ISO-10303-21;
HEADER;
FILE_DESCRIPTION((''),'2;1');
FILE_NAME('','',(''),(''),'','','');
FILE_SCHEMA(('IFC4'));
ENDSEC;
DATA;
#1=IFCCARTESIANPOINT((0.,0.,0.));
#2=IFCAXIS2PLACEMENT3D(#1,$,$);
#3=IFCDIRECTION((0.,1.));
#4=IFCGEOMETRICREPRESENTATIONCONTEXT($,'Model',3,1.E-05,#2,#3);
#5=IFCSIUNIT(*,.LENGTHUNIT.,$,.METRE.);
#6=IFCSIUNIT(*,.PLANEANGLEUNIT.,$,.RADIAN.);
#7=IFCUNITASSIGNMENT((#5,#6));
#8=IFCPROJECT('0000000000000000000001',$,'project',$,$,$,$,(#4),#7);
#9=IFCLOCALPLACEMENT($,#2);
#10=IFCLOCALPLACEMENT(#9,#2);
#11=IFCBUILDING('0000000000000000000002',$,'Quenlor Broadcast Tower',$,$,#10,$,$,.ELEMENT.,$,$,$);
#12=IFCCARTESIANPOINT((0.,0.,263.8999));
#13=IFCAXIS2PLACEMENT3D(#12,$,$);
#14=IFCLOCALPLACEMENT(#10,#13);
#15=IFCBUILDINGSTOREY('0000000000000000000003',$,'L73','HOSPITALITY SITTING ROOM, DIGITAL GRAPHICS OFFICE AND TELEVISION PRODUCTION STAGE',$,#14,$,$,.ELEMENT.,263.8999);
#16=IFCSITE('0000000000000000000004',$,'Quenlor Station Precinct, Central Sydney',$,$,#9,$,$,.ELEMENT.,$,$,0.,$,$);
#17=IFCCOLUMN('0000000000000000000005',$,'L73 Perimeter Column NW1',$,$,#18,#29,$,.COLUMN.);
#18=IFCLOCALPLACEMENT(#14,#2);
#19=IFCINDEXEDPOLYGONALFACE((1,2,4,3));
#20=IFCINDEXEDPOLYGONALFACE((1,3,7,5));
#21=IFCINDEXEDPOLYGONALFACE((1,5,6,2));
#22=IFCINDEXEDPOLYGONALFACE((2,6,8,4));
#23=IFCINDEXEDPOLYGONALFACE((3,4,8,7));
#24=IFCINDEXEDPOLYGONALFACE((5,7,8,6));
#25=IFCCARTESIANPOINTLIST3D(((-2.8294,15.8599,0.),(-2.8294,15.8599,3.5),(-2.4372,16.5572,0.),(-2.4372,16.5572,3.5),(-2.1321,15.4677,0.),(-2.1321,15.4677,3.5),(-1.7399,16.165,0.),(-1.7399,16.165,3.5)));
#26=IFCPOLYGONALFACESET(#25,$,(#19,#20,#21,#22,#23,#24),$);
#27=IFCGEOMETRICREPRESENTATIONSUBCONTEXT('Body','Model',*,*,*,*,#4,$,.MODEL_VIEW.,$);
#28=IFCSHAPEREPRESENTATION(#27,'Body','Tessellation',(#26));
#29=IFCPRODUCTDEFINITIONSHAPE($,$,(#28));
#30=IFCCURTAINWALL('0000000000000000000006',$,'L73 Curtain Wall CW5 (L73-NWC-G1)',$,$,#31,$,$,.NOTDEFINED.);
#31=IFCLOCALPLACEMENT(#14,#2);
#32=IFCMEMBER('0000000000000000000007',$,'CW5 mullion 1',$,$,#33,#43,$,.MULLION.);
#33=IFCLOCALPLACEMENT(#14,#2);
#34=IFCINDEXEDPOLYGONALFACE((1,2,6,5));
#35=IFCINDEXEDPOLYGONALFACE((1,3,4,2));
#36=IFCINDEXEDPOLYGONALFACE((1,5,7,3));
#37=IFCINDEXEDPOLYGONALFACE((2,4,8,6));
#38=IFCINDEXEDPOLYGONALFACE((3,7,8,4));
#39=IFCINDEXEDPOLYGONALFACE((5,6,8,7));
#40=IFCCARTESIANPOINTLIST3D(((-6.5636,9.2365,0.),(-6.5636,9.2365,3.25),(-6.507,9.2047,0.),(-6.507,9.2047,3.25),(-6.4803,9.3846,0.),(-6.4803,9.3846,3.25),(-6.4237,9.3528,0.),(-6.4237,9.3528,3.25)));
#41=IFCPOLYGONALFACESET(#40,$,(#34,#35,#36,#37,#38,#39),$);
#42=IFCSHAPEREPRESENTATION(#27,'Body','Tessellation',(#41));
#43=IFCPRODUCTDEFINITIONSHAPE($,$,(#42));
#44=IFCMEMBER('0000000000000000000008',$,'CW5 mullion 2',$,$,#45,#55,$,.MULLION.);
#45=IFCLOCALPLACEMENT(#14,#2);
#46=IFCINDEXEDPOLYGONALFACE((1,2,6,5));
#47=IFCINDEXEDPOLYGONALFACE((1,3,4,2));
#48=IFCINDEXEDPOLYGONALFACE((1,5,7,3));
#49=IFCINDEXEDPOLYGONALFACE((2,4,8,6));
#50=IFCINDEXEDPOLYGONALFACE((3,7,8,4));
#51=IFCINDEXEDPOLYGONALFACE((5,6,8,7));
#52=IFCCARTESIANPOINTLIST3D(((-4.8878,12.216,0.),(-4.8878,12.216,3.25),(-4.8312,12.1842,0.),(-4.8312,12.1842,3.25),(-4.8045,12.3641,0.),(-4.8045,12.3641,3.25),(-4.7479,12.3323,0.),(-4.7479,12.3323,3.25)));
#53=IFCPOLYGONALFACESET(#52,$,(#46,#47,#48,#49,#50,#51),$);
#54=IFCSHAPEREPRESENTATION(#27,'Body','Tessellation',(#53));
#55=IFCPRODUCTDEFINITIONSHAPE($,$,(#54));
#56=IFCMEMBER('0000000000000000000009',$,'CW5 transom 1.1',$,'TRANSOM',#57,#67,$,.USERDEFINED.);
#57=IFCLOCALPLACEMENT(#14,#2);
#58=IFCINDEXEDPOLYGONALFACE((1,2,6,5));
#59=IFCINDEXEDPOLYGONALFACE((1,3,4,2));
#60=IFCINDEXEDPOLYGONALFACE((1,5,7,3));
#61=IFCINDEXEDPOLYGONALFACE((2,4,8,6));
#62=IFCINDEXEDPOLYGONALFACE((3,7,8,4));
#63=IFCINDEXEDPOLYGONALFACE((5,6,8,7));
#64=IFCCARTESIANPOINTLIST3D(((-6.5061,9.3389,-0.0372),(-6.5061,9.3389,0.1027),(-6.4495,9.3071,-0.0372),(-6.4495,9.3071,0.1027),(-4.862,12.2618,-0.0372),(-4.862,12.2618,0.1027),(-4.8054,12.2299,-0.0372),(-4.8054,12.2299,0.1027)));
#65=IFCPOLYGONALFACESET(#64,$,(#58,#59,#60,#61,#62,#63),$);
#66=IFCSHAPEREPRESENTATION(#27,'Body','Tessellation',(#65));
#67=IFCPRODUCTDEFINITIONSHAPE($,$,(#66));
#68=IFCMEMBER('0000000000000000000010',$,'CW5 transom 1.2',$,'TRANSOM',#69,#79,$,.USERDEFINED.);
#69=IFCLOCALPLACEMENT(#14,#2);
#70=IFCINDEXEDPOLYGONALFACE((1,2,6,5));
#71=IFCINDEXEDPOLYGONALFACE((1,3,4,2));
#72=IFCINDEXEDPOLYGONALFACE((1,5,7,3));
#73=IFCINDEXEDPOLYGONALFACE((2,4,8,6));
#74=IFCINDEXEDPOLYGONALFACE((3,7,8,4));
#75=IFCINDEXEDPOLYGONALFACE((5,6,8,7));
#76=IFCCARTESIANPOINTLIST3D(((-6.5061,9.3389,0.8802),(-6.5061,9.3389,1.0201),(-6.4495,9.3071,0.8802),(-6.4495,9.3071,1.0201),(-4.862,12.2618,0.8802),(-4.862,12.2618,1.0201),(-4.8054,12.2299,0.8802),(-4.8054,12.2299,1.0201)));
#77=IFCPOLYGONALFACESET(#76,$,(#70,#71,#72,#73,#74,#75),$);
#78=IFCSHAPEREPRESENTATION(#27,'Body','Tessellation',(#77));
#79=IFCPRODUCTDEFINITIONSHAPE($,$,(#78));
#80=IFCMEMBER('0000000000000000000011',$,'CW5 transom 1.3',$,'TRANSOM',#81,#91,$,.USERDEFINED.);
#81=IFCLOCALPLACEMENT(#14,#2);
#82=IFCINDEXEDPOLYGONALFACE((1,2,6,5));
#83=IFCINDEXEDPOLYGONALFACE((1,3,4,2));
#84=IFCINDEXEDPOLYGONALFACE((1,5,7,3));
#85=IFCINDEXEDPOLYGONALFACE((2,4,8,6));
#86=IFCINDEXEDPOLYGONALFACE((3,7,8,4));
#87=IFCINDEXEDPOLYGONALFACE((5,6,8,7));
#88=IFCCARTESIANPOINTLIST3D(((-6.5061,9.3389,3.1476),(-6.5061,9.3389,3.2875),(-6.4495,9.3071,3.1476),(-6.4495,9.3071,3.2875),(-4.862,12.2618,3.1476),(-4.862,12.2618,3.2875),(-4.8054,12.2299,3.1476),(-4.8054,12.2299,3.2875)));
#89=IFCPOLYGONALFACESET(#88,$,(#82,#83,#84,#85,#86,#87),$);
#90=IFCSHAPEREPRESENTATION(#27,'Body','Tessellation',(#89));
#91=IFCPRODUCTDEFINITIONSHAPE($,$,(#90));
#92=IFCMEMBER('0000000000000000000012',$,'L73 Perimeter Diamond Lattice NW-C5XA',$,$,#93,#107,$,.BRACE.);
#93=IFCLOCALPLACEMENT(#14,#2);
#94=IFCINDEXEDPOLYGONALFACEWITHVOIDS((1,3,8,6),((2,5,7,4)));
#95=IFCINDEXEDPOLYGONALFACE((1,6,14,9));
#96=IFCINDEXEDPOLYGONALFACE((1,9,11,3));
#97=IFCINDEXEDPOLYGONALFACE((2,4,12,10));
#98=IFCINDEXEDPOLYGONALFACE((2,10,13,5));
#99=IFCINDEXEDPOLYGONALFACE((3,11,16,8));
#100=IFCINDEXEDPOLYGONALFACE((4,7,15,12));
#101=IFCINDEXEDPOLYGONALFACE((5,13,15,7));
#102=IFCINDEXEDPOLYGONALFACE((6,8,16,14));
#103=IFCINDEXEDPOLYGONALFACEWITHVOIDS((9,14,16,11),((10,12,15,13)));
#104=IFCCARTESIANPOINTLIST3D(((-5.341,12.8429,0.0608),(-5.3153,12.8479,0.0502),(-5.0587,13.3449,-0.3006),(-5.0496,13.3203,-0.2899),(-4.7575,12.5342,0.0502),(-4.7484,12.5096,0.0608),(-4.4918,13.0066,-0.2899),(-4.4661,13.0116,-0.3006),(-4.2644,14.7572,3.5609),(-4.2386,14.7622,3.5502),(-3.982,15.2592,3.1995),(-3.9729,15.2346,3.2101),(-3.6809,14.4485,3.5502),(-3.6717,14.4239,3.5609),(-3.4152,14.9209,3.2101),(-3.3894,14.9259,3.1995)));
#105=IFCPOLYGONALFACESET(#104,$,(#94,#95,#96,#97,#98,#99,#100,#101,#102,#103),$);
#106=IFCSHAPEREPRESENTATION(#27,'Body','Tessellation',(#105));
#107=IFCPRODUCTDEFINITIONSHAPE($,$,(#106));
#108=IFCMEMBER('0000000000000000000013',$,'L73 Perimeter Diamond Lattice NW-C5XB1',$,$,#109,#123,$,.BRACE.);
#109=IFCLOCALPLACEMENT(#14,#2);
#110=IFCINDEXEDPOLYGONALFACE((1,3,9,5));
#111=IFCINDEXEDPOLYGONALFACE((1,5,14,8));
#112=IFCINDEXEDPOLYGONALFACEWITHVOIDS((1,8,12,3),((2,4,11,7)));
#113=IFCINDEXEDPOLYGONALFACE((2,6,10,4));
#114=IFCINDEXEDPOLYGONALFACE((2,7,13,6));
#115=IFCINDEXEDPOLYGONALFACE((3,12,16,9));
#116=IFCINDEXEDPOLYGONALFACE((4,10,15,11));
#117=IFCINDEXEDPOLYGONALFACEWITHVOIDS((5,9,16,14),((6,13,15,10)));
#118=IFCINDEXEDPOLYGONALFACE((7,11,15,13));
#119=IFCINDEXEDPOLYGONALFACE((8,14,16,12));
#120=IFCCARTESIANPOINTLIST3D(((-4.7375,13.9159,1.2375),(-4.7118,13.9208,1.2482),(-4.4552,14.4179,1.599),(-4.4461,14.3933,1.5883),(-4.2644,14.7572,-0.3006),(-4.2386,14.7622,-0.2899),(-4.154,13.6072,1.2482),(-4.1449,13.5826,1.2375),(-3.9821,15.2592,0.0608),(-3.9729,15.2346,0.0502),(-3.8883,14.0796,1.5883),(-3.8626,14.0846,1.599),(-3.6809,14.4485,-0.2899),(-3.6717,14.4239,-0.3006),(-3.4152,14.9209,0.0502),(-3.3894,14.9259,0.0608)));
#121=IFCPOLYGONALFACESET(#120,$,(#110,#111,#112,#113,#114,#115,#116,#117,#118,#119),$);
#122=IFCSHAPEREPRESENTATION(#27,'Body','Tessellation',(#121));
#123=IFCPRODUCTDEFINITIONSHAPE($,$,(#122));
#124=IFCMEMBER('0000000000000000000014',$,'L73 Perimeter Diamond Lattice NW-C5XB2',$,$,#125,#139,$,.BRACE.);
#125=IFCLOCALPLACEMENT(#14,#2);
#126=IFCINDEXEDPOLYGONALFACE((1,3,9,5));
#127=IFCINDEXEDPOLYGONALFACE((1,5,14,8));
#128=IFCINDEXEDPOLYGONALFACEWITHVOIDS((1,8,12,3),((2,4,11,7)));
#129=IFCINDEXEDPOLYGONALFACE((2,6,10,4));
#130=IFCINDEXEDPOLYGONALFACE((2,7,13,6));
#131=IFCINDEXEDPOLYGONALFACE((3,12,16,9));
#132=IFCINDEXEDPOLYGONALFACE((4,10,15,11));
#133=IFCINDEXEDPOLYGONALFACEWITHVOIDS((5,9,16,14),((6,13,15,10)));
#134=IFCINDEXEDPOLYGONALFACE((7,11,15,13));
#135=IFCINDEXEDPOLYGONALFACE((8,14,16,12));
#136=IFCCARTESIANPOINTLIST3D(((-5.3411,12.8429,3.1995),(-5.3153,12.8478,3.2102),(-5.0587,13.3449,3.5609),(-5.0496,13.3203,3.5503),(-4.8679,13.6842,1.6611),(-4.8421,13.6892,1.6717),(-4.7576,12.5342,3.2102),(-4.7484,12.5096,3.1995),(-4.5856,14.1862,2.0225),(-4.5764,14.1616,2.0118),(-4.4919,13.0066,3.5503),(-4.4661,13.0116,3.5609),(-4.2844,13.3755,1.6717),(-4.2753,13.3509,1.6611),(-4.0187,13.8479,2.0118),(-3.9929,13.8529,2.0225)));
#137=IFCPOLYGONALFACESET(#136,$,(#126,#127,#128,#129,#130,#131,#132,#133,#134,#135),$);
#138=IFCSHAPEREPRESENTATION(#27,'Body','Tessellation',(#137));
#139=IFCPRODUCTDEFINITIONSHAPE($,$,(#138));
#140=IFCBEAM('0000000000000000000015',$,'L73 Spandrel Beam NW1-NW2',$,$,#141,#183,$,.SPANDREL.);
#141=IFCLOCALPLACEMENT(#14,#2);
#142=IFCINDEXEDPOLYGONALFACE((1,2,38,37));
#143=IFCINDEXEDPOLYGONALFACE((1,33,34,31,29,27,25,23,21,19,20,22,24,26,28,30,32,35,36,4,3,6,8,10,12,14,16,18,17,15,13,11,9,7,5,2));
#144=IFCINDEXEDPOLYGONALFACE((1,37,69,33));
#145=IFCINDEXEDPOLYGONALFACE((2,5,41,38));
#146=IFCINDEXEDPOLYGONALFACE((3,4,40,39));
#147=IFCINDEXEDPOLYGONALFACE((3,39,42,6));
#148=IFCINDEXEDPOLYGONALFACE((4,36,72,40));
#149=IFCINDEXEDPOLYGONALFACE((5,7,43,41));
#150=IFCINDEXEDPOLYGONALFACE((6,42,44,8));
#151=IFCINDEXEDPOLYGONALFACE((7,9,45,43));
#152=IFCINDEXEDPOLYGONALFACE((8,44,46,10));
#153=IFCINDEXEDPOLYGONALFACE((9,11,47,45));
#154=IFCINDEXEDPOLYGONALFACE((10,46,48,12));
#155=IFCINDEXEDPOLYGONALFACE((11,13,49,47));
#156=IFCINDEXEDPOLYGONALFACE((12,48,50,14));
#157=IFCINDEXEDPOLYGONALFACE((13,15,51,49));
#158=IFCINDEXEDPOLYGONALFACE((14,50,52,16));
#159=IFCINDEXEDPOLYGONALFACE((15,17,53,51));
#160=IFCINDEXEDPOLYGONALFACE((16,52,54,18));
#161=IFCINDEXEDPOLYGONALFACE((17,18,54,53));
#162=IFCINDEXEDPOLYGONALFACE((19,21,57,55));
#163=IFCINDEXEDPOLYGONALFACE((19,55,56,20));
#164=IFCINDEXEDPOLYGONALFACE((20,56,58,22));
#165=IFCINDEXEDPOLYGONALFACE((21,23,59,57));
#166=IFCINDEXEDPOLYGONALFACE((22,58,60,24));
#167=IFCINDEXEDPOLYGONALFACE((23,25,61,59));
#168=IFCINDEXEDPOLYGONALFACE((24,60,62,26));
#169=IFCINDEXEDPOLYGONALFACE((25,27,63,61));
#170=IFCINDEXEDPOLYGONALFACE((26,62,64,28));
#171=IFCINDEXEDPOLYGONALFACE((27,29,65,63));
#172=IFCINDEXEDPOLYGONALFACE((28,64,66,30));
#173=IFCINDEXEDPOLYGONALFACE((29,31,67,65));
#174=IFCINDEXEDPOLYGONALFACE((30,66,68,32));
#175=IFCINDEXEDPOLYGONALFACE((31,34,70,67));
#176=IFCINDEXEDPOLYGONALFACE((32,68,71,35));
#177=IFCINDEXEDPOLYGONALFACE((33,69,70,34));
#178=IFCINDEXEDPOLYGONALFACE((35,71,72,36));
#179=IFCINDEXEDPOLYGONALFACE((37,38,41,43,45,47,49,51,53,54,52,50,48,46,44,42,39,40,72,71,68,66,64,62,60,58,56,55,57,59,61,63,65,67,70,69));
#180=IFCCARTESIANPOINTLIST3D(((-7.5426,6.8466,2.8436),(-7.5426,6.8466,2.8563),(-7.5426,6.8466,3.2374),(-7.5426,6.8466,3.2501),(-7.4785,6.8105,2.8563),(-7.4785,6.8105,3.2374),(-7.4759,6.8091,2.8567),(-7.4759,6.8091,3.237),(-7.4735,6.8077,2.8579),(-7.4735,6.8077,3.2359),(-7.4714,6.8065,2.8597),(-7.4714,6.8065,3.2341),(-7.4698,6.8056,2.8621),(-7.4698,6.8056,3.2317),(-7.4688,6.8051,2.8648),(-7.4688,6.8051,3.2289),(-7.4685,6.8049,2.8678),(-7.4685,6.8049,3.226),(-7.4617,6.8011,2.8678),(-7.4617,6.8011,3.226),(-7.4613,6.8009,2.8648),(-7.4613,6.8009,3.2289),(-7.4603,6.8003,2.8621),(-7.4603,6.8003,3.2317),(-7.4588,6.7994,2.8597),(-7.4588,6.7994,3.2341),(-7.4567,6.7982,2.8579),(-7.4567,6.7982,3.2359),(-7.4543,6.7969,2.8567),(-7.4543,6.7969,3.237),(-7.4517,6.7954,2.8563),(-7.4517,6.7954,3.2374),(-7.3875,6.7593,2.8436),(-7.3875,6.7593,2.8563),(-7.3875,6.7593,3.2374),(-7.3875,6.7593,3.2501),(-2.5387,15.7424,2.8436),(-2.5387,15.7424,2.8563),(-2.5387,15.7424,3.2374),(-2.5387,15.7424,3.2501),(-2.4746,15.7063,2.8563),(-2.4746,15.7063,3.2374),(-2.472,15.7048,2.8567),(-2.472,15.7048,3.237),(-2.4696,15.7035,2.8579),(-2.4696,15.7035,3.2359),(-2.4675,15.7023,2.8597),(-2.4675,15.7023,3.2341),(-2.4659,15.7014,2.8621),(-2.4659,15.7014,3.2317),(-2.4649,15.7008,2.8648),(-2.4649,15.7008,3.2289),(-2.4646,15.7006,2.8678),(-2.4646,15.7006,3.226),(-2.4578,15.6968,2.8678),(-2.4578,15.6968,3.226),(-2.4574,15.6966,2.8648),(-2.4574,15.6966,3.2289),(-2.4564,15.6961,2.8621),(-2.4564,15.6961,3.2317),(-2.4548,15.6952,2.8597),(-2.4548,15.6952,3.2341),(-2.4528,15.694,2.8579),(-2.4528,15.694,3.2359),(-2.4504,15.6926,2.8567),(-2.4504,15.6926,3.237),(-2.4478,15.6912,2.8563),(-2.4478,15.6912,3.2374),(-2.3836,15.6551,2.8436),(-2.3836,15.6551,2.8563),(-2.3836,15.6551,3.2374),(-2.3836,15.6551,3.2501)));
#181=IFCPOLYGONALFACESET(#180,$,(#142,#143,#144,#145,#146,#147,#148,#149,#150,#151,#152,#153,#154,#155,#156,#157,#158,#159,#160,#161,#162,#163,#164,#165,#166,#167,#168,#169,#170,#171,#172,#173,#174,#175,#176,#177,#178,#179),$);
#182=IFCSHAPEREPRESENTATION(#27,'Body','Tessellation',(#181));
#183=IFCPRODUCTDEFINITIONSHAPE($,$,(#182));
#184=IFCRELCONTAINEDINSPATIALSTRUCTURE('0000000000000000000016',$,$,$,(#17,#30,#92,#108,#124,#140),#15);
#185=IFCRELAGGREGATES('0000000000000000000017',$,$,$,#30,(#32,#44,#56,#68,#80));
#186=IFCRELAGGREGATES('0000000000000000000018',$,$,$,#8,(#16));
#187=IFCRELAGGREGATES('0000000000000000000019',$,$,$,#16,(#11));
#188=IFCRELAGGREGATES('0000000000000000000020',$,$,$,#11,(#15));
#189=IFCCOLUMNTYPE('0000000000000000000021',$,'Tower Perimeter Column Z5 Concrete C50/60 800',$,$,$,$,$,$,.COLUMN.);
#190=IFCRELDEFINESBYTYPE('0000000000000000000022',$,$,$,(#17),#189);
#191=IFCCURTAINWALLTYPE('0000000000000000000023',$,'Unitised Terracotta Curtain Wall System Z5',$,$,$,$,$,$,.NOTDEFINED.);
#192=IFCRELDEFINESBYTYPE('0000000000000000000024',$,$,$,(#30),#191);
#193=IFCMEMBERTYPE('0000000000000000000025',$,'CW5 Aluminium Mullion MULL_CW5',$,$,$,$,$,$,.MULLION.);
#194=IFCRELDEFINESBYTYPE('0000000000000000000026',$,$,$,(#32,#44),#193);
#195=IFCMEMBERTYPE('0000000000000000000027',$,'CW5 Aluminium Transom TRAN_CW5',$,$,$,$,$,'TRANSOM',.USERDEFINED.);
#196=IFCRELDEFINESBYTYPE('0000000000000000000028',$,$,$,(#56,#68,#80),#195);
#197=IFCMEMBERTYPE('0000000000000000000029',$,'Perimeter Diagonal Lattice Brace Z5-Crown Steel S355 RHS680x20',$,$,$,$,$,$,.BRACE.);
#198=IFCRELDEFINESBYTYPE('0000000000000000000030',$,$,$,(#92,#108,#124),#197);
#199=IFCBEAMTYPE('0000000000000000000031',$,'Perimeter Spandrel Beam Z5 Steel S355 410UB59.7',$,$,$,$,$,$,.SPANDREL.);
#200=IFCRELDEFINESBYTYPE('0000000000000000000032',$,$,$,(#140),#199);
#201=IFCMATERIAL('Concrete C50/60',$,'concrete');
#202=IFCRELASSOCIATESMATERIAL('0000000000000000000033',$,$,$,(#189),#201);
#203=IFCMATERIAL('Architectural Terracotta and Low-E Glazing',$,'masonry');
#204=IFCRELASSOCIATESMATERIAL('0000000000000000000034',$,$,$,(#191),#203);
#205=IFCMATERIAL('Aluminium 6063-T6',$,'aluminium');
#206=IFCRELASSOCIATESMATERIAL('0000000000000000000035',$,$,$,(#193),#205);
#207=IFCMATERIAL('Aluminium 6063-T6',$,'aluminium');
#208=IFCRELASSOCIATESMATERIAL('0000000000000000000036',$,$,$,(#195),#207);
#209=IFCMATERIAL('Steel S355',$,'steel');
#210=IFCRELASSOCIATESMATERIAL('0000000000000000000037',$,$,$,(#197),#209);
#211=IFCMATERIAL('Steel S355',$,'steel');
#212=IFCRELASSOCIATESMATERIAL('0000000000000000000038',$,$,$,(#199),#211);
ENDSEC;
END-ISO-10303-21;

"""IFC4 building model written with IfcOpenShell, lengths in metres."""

from ifc_helpers import new_model, si_unit, direction, frame, origin, origin_2d, place, context, subcontext, project, spatial, rectangle, hollow_rectangle, i_section, extrude, material, material_profile, profile_set, type_object, element, aggregate, save


model = new_model("IFC4")

# Units and contexts
model_context = context("Model", 3, precision=1e-05, world=origin(), true_north=direction((0.0, 1.0)))
body_context = subcontext(model_context, "Body", "Model", "MODEL_VIEW")
ifc_project = project(units=[si_unit("LENGTHUNIT", "METRE"), si_unit("PLANEANGLEUNIT", "RADIAN")], contexts=[model_context])

# Site, building, storey
site_placement = place(None, origin())
site = spatial("IfcSite", under=ifc_project, at=site_placement, Name="Quenlor Station Precinct, Central Sydney", CompositionType="ELEMENT", RefElevation=0.0)
building_placement = place(site_placement, origin())
building = spatial("IfcBuilding", under=site, at=building_placement, Name="Quenlor Broadcast Tower", CompositionType="ELEMENT")
storey_placement = place(building_placement, frame((0.0, 0.0, 263.8999)))
storey = spatial("IfcBuildingStorey", under=building, at=storey_placement, Name="L73", Description="HOSPITALITY SITTING ROOM, DIGITAL GRAPHICS OFFICE AND TELEVISION PRODUCTION STAGE", CompositionType="ELEMENT", Elevation=263.8999)

# Column
ifc_material_1 = material(Name="Concrete C50/60", Category="concrete")
ifc_material_profile_1 = material_profile(ifc_material_1, rectangle(XDim=0.8, YDim=0.8, at=origin_2d()))
ifc_profile_set_1 = profile_set([ifc_material_profile_1], Name="Concrete C50/60 RC800x800")
column_type = type_object("IfcColumnType", Name="Tower Perimeter Column Z5 Concrete C50/60 800", PredefinedType="COLUMN", material=ifc_profile_set_1)
column_placement = place(storey_placement, frame((-2.2847, 16.0125, 0.0), z_axis=(0.0, 0.0, 1.0), x_axis=(-0.871575, 0.490262, 0.0)))
element("IfcColumn", 1, at=column_placement, inside=storey, type_object=column_type, Name="L73 Perimeter Column NW1", PredefinedType="COLUMN", context=body_context, shape_type="SweptSolid", body=[
    extrude(rectangle(XDim=0.8, YDim=0.8, at=origin_2d()), origin(), (0.0, 0.0, 1.0), 3.5),
])

# Curtain wall, members
ifc_material_2 = material(Name="Architectural Terracotta and Low-E Glazing", Category="masonry")
curtain_wall_type = type_object("IfcCurtainWallType", Name="Unitised Terracotta Curtain Wall System Z5", PredefinedType="NOTDEFINED", material=ifc_material_2)
curtain_wall_placement = place(storey_placement, origin())
curtain_wall = element("IfcCurtainWall", 2, at=curtain_wall_placement, inside=storey, type_object=curtain_wall_type, Name="L73 Curtain Wall CW5 (L73-NWC-G1)", PredefinedType="NOTDEFINED")
ifc_material_3 = material(Name="Aluminium 6063-T6", Category="aluminium")
ifc_material_profile_2 = material_profile(ifc_material_3, rectangle(XDim=0.0649, YDim=0.1699, at=origin_2d()))
ifc_profile_set_2 = profile_set([ifc_material_profile_2], Name="Aluminium 6063-T6 MULL65x170")
member_type_1 = type_object("IfcMemberType", Name="CW5 Aluminium Mullion MULL_CW5", PredefinedType="MULLION", material=ifc_profile_set_2)
member_1_placement = place(storey_placement, frame((-6.4937, 9.2947, 0.0), z_axis=(0.0, 0.0, 1.0), x_axis=(-0.871582, 0.49025, 0.0)))
member_1 = element("IfcMember", 3, at=member_1_placement, type_object=member_type_1, Name="CW5 mullion 1", PredefinedType="MULLION", context=body_context, shape_type="SweptSolid", body=[
    extrude(rectangle(XDim=0.0649, YDim=0.1699, at=origin_2d()), origin(), (0.0, 0.0, 1.0), 3.25),
])
member_2_placement = place(storey_placement, frame((-4.8179, 12.2742, 0.0), z_axis=(0.0, 0.0, 1.0), x_axis=(-0.871582, 0.49025, 0.0)))
member_2 = element("IfcMember", 4, at=member_2_placement, type_object=member_type_1, Name="CW5 mullion 2", PredefinedType="MULLION", context=body_context, shape_type="SweptSolid", body=[
    extrude(rectangle(XDim=0.0649, YDim=0.1699, at=origin_2d()), origin(), (0.0, 0.0, 1.0), 3.25),
])
ifc_material_4 = material(Name="Aluminium 6063-T6", Category="aluminium")
ifc_material_profile_3 = material_profile(ifc_material_4, rectangle(XDim=0.0649, YDim=0.1399, at=origin_2d()))
ifc_profile_set_3 = profile_set([ifc_material_profile_3], Name="Aluminium 6063-T6 TRAN65x140")
member_type_2 = type_object("IfcMemberType", Name="CW5 Aluminium Transom TRAN_CW5", ElementType="TRANSOM", PredefinedType="USERDEFINED", material=ifc_profile_set_3)
member_3_placement = place(storey_placement, frame((-6.4778, 9.323, 0.0327), z_axis=(0.490247, 0.871583, 0.0), x_axis=(-0.871583, 0.490247, 0.0)))
member_3 = element("IfcMember", 5, at=member_3_placement, type_object=member_type_2, Name="CW5 transom 1.1", ObjectType="TRANSOM", PredefinedType="USERDEFINED", context=body_context, shape_type="SweptSolid", body=[
    extrude(rectangle(XDim=0.0649, YDim=0.1399, at=origin_2d()), origin(), (0.0, 0.0, 1.0), 3.3535),
])
member_4_placement = place(storey_placement, frame((-6.4778, 9.323, 0.9502), z_axis=(0.490247, 0.871583, 0.0), x_axis=(-0.871583, 0.490247, 0.0)))
member_4 = element("IfcMember", 6, at=member_4_placement, type_object=member_type_2, Name="CW5 transom 1.2", ObjectType="TRANSOM", PredefinedType="USERDEFINED", context=body_context, shape_type="SweptSolid", body=[
    extrude(rectangle(XDim=0.0649, YDim=0.1399, at=origin_2d()), origin(), (0.0, 0.0, 1.0), 3.3535),
])
member_5_placement = place(storey_placement, frame((-6.4778, 9.323, 3.2175), z_axis=(0.490247, 0.871583, 0.0), x_axis=(-0.871583, 0.490247, 0.0)))
member_5 = element("IfcMember", 7, at=member_5_placement, type_object=member_type_2, Name="CW5 transom 1.3", ObjectType="TRANSOM", PredefinedType="USERDEFINED", context=body_context, shape_type="SweptSolid", body=[
    extrude(rectangle(XDim=0.0649, YDim=0.1399, at=origin_2d()), origin(), (0.0, 0.0, 1.0), 3.3535),
])

# Members
ifc_material_5 = material(Name="Steel S355", Category="steel")
ifc_material_profile_4 = material_profile(ifc_material_5, hollow_rectangle(XDim=0.6799, YDim=0.6799, WallThickness=0.02, at=origin_2d()))
ifc_profile_set_4 = profile_set([ifc_material_profile_4], Name="Steel S355 RHS680x680x20")
member_type_3 = type_object("IfcMemberType", Name="Perimeter Diagonal Lattice Brace Z5-Crown Steel S355 RHS680x20", PredefinedType="BRACE", material=ifc_profile_set_4)
member_6_placement = place(storey_placement, frame((-4.9036, 12.9272, -0.1199), z_axis=(0.260564, 0.463283, 0.847039), x_axis=(-0.871602, 0.490214, 0.0)))
element("IfcMember", 8, at=member_6_placement, inside=storey, type_object=member_type_3, Name="L73 Perimeter Diamond Lattice NW-C5XA", PredefinedType="BRACE", context=body_context, shape_type="SweptSolid", body=[
    extrude(hollow_rectangle(XDim=0.6799, YDim=0.6799, WallThickness=0.02, at=origin_2d()), origin(), (0.0, 0.0, 1.0), 4.1321),
])
member_7_placement = place(storey_placement, frame((-3.8269, 14.8416, -0.1199), z_axis=(-0.260561, -0.463309, 0.847025), x_axis=(0.871616, -0.490189, 0.0)))
element("IfcMember", 9, at=member_7_placement, inside=storey, type_object=member_type_3, Name="L73 Perimeter Diamond Lattice NW-C5XB1", PredefinedType="BRACE", context=body_context, shape_type="SweptSolid", body=[
    extrude(hollow_rectangle(XDim=0.6799, YDim=0.6799, WallThickness=0.02, at=origin_2d()), origin(), (0.0, 0.0, 1.0), 1.8159),
])
member_8_placement = place(storey_placement, frame((-4.4304, 13.7686, 1.8418), z_axis=(-0.260532, -0.463257, 0.847063), x_axis=(0.871616, -0.490189, 0.0)))
element("IfcMember", 10, at=member_8_placement, inside=storey, type_object=member_type_3, Name="L73 Perimeter Diamond Lattice NW-C5XB2", PredefinedType="BRACE", context=body_context, shape_type="SweptSolid", body=[
    extrude(hollow_rectangle(XDim=0.6799, YDim=0.6799, WallThickness=0.02, at=origin_2d()), origin(), (0.0, 0.0, 1.0), 1.8162),
])

# Beam
ifc_material_6 = material(Name="Steel S355", Category="steel")
ifc_material_profile_5 = material_profile(ifc_material_6, i_section(OverallWidth=0.178, OverallDepth=0.4065, WebThickness=0.0078, FlangeThickness=0.0127, FilletRadius=0.0115, at=origin_2d()))
ifc_profile_set_5 = profile_set([ifc_material_profile_5], Name="Steel S355 410UB59.7")
beam_type_1 = type_object("IfcBeamType", Name="Perimeter Spandrel Beam Z5 Steel S355 410UB59.7", PredefinedType="SPANDREL", material=ifc_profile_set_5)
beam_1_placement = place(storey_placement, frame((-2.4612, 15.6987, 3.0469), z_axis=(-0.490265, -0.871574, 0.0), x_axis=(0.871574, -0.490265, 0.0)))
element("IfcBeam", 11, at=beam_1_placement, inside=storey, type_object=beam_type_1, Name="L73 Spandrel Beam NW1-NW2", PredefinedType="SPANDREL", context=body_context, shape_type="SweptSolid", body=[
    extrude(i_section(OverallWidth=0.178, OverallDepth=0.4065, WebThickness=0.0078, FlangeThickness=0.0127, FilletRadius=0.0115, at=origin_2d()), origin(), (0.0, 0.0, 1.0), 10.2065),
])

aggregate(curtain_wall, [member_1, member_2, member_3, member_4, member_5])

save(model, "model.ifc")
